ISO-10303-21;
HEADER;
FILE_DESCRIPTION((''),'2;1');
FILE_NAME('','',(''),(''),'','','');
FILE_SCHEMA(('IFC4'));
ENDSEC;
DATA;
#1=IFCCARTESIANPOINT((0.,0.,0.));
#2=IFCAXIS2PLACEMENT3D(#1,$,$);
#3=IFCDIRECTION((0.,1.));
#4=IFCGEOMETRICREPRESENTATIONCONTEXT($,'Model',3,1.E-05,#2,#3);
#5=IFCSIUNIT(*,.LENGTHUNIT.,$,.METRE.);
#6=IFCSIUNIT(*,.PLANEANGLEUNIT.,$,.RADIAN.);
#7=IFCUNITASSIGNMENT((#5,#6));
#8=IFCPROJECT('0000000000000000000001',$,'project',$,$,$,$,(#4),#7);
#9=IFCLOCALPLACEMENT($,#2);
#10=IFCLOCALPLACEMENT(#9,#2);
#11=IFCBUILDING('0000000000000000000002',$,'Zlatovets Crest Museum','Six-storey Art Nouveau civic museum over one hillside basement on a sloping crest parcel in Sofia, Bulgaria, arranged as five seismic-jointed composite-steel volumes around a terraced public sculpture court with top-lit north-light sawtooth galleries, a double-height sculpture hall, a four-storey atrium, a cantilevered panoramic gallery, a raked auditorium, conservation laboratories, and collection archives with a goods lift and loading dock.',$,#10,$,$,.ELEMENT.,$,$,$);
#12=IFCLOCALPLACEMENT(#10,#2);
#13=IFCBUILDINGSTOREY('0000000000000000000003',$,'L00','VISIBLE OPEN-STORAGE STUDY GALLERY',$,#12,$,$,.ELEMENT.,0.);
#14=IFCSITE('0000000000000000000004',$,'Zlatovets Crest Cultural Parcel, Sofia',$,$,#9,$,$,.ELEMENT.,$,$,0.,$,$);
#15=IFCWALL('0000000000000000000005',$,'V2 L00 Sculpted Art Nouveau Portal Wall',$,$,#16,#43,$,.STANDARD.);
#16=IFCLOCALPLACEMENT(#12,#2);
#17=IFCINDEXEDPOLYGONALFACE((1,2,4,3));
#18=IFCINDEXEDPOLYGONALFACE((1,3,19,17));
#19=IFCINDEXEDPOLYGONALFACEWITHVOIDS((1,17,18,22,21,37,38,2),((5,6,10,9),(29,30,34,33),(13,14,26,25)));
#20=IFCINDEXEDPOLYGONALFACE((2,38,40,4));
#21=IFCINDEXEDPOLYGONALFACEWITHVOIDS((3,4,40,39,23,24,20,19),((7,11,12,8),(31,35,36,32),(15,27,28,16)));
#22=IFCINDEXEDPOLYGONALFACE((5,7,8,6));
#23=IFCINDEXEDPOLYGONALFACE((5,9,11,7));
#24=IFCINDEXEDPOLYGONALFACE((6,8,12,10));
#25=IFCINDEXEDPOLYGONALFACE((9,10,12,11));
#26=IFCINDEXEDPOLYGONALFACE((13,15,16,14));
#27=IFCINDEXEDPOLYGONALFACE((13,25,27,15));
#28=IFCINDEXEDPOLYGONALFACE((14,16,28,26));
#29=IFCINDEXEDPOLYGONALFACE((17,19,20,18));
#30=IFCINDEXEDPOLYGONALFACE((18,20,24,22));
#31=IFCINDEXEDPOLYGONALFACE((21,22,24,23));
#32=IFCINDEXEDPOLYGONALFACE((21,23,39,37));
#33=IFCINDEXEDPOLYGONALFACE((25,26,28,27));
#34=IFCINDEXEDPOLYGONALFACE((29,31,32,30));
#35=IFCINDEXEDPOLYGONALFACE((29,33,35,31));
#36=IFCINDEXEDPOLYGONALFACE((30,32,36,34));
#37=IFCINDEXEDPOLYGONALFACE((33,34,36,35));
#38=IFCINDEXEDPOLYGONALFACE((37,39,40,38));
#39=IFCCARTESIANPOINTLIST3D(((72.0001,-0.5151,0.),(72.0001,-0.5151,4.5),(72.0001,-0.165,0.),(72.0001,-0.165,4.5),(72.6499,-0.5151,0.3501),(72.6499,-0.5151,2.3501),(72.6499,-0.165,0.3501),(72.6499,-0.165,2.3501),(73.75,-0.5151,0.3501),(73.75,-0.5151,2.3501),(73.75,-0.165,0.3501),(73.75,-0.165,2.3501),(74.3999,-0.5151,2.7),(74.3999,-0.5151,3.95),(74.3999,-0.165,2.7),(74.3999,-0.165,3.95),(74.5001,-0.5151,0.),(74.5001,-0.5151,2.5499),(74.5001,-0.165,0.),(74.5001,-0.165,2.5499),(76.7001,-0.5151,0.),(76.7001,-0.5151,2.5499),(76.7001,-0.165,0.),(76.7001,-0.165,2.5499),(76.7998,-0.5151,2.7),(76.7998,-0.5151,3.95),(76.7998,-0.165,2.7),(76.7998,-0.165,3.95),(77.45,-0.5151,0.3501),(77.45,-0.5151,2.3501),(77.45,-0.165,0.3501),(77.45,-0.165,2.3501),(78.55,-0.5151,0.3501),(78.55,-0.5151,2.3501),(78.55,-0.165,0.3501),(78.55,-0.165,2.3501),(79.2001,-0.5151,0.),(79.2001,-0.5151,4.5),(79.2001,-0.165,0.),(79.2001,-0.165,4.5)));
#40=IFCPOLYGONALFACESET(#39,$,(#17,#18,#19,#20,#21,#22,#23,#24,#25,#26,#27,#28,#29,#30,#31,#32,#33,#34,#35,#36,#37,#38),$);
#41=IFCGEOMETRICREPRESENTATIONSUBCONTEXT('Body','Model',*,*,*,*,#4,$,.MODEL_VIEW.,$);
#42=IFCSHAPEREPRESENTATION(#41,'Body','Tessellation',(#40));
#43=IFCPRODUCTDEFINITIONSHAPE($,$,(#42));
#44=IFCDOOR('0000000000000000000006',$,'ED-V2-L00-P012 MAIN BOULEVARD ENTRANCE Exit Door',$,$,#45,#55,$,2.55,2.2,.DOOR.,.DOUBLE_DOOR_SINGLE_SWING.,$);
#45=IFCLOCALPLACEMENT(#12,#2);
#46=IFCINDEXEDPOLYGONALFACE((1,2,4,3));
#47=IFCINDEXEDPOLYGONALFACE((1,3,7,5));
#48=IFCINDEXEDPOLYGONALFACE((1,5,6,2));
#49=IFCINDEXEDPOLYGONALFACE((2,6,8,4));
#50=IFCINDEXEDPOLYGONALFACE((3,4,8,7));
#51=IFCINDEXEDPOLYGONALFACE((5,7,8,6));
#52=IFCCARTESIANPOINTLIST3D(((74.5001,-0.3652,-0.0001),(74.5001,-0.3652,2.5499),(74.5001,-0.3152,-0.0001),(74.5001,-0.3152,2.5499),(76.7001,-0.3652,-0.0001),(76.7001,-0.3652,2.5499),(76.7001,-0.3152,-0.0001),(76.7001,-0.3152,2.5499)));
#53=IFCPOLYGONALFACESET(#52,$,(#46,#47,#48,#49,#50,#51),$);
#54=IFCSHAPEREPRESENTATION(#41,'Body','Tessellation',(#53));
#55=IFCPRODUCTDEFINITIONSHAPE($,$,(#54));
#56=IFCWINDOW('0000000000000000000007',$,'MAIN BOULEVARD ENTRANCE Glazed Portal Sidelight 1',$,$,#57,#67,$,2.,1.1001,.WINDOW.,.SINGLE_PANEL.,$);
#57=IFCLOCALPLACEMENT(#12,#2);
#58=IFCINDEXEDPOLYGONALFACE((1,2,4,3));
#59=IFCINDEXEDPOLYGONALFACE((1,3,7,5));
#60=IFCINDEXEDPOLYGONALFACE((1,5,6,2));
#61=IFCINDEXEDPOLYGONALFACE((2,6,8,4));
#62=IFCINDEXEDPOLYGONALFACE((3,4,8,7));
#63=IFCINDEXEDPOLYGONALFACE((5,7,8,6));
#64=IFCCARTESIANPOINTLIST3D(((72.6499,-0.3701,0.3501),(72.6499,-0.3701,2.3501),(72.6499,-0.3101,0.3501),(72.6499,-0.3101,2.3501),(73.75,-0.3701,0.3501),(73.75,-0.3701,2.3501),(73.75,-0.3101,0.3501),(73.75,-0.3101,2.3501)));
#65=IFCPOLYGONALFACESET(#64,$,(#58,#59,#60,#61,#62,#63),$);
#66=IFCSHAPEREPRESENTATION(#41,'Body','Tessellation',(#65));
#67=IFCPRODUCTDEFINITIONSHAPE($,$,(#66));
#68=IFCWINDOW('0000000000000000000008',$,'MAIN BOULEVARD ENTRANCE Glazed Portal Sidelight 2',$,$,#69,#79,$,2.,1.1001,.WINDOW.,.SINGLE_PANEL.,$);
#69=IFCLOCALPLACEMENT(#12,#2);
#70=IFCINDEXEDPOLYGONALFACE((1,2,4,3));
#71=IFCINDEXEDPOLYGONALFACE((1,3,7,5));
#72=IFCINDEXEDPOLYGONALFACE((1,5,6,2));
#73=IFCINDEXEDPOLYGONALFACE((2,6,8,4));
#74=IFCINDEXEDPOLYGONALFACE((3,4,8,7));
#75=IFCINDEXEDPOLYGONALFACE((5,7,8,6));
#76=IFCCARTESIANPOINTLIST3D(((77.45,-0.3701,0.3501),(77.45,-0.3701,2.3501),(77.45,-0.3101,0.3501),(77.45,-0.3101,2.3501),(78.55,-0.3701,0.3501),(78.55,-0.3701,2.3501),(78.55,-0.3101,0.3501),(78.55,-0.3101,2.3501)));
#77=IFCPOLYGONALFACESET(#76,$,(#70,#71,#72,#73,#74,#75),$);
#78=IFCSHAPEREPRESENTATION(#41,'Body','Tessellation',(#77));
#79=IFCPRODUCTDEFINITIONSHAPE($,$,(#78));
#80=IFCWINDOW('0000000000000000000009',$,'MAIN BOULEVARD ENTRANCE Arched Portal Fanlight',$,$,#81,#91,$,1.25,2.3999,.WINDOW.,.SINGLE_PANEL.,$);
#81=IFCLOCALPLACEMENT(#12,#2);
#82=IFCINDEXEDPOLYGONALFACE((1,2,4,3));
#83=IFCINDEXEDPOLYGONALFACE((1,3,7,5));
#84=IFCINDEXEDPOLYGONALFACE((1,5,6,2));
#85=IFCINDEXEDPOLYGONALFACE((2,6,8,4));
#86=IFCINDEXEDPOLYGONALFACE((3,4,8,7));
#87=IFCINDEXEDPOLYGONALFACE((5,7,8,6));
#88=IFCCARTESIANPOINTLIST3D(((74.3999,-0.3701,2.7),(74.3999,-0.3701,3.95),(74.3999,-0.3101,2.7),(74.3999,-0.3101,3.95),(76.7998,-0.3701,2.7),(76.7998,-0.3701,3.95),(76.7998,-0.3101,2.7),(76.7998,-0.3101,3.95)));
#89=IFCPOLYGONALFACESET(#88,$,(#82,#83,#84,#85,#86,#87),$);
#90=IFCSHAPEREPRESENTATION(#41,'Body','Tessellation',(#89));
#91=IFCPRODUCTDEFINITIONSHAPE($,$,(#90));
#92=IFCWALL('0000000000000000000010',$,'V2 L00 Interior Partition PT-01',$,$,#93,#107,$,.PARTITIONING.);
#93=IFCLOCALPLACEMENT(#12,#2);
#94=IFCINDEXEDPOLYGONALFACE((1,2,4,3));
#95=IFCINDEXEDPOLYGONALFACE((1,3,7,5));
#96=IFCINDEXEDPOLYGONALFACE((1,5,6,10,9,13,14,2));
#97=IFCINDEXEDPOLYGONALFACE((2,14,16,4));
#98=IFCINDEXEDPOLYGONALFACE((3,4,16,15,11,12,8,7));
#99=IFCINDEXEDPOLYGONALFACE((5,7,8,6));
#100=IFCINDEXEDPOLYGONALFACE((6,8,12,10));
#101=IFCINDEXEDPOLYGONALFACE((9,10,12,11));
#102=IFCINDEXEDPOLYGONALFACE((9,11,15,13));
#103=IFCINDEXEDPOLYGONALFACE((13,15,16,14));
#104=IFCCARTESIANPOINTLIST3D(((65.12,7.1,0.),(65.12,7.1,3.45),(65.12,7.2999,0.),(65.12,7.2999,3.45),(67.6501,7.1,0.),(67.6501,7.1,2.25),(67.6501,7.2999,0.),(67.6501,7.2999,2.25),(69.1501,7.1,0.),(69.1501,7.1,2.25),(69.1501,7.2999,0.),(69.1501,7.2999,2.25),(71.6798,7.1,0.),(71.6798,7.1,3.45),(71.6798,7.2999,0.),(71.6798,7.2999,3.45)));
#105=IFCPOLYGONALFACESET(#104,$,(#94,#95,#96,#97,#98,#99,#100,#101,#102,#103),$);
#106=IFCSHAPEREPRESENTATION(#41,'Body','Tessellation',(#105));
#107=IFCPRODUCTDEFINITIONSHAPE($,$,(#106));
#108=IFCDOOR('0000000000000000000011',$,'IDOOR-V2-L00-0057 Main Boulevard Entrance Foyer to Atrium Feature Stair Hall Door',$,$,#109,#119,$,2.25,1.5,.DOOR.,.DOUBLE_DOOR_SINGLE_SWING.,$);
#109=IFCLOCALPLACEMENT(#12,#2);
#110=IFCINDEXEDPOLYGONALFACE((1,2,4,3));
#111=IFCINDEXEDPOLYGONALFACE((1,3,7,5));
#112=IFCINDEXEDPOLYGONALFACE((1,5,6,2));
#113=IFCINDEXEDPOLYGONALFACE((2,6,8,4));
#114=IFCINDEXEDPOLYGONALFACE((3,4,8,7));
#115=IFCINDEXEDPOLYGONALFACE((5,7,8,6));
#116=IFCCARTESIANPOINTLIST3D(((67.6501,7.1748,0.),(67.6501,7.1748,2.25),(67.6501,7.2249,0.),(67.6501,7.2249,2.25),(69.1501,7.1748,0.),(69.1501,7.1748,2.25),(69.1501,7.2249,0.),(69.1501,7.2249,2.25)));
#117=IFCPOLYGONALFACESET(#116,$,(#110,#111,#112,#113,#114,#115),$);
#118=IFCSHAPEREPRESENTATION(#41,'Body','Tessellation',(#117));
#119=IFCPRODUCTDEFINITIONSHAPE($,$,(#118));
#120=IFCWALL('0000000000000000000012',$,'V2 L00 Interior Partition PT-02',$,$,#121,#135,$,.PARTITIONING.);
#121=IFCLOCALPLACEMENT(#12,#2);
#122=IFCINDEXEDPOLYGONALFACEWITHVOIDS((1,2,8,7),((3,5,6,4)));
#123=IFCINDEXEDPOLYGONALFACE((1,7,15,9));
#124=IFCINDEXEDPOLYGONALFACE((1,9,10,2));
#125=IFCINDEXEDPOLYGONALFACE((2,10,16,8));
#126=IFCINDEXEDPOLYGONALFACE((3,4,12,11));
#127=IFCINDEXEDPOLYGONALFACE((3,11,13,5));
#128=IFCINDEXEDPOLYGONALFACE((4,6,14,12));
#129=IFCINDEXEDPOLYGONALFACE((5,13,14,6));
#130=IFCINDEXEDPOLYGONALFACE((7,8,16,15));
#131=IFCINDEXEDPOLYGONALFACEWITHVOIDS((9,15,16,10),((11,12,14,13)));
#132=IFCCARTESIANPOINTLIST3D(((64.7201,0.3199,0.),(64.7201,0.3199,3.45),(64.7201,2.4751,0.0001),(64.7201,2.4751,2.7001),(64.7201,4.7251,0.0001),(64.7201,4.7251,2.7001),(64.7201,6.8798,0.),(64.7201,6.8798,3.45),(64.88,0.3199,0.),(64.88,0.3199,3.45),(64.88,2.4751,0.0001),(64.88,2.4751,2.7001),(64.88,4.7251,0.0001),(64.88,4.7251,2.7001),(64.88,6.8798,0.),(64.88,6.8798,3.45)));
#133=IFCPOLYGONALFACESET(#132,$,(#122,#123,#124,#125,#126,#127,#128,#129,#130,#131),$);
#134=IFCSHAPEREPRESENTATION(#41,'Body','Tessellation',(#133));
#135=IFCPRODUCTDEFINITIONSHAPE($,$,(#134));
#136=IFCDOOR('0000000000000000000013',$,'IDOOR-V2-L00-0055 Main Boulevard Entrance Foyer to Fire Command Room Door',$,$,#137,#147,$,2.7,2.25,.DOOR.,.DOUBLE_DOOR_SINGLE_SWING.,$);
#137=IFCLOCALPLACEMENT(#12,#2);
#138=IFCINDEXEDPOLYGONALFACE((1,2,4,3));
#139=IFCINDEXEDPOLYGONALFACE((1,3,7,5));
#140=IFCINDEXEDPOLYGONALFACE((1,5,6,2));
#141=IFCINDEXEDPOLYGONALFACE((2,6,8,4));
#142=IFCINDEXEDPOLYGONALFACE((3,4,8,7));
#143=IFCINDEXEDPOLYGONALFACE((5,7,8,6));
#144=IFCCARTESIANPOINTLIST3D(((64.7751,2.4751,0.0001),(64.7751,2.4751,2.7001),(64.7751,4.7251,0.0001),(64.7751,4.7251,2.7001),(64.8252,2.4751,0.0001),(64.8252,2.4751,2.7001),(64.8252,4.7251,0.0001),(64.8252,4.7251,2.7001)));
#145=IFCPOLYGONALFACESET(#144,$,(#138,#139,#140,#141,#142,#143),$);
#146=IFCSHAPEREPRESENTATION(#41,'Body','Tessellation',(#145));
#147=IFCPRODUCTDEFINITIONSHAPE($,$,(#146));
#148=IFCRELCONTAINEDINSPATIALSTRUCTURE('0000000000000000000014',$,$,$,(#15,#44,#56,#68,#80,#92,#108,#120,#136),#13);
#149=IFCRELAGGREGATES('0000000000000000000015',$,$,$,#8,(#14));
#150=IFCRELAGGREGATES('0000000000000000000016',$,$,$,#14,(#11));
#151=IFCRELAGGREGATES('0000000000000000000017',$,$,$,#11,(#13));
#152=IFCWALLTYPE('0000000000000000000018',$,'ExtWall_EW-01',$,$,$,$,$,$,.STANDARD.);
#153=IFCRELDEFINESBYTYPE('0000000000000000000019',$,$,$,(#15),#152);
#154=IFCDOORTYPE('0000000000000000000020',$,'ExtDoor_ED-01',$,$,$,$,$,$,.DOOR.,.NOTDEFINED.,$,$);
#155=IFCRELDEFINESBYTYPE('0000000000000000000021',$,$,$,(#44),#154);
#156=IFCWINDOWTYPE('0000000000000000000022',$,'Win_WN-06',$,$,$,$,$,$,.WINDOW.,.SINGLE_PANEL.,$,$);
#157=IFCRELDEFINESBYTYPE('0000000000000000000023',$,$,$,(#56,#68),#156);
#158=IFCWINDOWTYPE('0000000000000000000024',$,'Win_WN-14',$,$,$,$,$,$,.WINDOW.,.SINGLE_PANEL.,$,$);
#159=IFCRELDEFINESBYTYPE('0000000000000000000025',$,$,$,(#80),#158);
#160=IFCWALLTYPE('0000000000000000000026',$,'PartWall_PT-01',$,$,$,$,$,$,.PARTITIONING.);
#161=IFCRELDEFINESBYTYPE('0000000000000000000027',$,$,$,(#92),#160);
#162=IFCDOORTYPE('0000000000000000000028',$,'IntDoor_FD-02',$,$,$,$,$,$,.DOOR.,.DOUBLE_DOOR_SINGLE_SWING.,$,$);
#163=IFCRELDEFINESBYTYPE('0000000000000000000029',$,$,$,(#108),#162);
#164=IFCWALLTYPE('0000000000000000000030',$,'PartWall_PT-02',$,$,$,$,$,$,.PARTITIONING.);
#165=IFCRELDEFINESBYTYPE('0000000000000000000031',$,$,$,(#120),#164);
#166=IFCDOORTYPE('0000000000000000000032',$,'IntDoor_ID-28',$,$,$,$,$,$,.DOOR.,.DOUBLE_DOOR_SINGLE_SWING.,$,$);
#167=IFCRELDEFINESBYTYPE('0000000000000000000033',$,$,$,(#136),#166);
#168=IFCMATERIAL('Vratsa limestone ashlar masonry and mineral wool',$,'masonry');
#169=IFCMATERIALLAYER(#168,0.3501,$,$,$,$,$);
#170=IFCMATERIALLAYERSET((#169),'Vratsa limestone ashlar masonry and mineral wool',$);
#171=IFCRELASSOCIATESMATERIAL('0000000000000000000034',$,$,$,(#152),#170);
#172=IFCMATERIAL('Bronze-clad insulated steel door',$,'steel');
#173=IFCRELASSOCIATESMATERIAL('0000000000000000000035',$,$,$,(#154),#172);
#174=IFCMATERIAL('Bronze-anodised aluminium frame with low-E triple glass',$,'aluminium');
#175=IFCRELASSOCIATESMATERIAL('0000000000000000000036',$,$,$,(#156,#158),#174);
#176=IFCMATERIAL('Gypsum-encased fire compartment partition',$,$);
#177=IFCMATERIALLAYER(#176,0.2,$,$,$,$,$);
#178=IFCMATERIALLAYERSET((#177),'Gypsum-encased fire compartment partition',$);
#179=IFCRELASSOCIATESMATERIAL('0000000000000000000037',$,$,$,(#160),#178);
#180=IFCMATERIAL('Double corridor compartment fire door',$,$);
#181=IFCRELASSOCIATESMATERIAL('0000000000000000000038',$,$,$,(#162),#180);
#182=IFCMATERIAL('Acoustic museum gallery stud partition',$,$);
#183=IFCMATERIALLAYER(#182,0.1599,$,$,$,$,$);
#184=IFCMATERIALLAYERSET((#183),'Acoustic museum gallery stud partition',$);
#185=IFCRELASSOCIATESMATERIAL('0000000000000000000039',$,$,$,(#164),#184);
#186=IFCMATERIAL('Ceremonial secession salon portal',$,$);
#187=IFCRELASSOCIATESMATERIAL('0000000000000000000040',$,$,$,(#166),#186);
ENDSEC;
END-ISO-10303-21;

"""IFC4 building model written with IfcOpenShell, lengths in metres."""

from ifc_helpers import new_model, si_unit, direction, frame, frame_2d, origin, place, context, subcontext, project, spatial, rectangle, extrude, material, layer, layer_set, type_object, element, fill, save


model = new_model("IFC4")

# Units and contexts
model_context = context("Model", 3, precision=1e-05, world=origin(), true_north=direction((0.0, 1.0)))
body_context = subcontext(model_context, "Body", "Model", "MODEL_VIEW")
ifc_project = project(units=[si_unit("LENGTHUNIT", "METRE"), si_unit("PLANEANGLEUNIT", "RADIAN")], contexts=[model_context])

# Site, building, storey
site_placement = place(None, origin())
site = spatial("IfcSite", under=ifc_project, at=site_placement, Name="Zlatovets Crest Cultural Parcel, Sofia", CompositionType="ELEMENT", RefElevation=0.0)
building_placement = place(site_placement, origin())
building = spatial("IfcBuilding", under=site, at=building_placement, Name="Zlatovets Crest Museum", Description="Six-storey Art Nouveau civic museum over one hillside basement on a sloping crest parcel in Sofia, Bulgaria, arranged as five seismic-jointed composite-steel volumes around a terraced public sculpture court with top-lit north-light sawtooth galleries, a double-height sculpture hall, a four-storey atrium, a cantilevered panoramic gallery, a raked auditorium, conservation laboratories, and collection archives with a goods lift and loading dock.", CompositionType="ELEMENT")
storey_placement = place(building_placement, origin())
storey = spatial("IfcBuildingStorey", under=building, at=storey_placement, Name="L00", Description="VISIBLE OPEN-STORAGE STUDY GALLERY", CompositionType="ELEMENT", Elevation=0.0)

# Shared definitions
ifc_material_1 = material(Name="Vratsa limestone ashlar masonry and mineral wool", Category="masonry")
ifc_layer_1 = layer(ifc_material_1, 0.3501)
ifc_layer_set_1 = layer_set([ifc_layer_1], Name="Vratsa limestone ashlar masonry and mineral wool")
wall_type_1 = type_object("IfcWallType", Name="ExtWall_EW-01", PredefinedType="STANDARD", material=ifc_layer_set_1)
ifc_material_2 = material(Name="Bronze-anodised aluminium frame with low-E triple glass", Category="aluminium")

# Wall, openings, door, windows
wall_1_placement = place(storey_placement, frame((72.0, -0.3401, 0.0), z_axis=(0.0, 0.0, 1.0), x_axis=(1.0, 0.0, 0.0)))
wall_1 = element("IfcWall", 1, at=wall_1_placement, inside=storey, type_object=wall_type_1, Name="V2 L00 Sculpted Art Nouveau Portal Wall", PredefinedType="STANDARD", context=body_context, shape_type="SweptSolid", body=[
    extrude(rectangle(XDim=7.2, YDim=0.3501, at=frame_2d((3.6001, 0.0))), origin(), (0.0, 0.0, 1.0), 4.5),
])
opening_1_placement = place(wall_1_placement, frame((2.5, 0.0, 0.0)))
opening_1 = element("IfcOpeningElement", 2, at=opening_1_placement, cuts=wall_1, PredefinedType="OPENING", context=body_context, shape_type="SweptSolid", body=[
    extrude(rectangle(XDim=2.2, YDim=2.55, at=frame_2d((1.1001, 1.2749))), frame((0.0, 0.1851, 0.0), z_axis=(0.0, -1.0, 0.0), x_axis=(1.0, 0.0, 0.0)), (0.0, 0.0, 1.0), 0.3701),
])
opening_2_placement = place(wall_1_placement, frame((2.3999, 0.0, 2.7)))
opening_2 = element("IfcOpeningElement", 3, at=opening_2_placement, cuts=wall_1, PredefinedType="OPENING", context=body_context, shape_type="SweptSolid", body=[
    extrude(rectangle(XDim=2.3999, YDim=1.25, at=frame_2d((1.2, 0.625))), frame((0.0, 0.1851, 0.0), z_axis=(0.0, -1.0, 0.0), x_axis=(1.0, 0.0, 0.0)), (0.0, 0.0, 1.0), 0.3701),
])
opening_3_placement = place(wall_1_placement, frame((0.6499, 0.0, 0.3501)))
opening_3 = element("IfcOpeningElement", 4, at=opening_3_placement, cuts=wall_1, PredefinedType="OPENING", context=body_context, shape_type="SweptSolid", body=[
    extrude(rectangle(XDim=1.1001, YDim=2.0, at=frame_2d((0.55, 1.0))), frame((0.0, 0.1851, 0.0), z_axis=(0.0, -1.0, 0.0), x_axis=(1.0, 0.0, 0.0)), (0.0, 0.0, 1.0), 0.3701),
])
opening_4_placement = place(wall_1_placement, frame((5.45, 0.0, 0.3501)))
opening_4 = element("IfcOpeningElement", 5, at=opening_4_placement, cuts=wall_1, PredefinedType="OPENING", context=body_context, shape_type="SweptSolid", body=[
    extrude(rectangle(XDim=1.1001, YDim=2.0, at=frame_2d((0.55, 1.0))), frame((0.0, 0.1851, 0.0), z_axis=(0.0, -1.0, 0.0), x_axis=(1.0, 0.0, 0.0)), (0.0, 0.0, 1.0), 0.3701),
])
ifc_material_3 = material(Name="Bronze-clad insulated steel door", Category="steel")
door_type_1 = type_object("IfcDoorType", Name="ExtDoor_ED-01", OperationType="NOTDEFINED", PredefinedType="DOOR", material=ifc_material_3)
door_1_placement = place(opening_1_placement, origin())
door_1 = element("IfcDoor", 6, at=door_1_placement, inside=storey, type_object=door_type_1, Name="ED-V2-L00-P012 MAIN BOULEVARD ENTRANCE Exit Door", OperationType="DOUBLE_DOOR_SINGLE_SWING", OverallHeight=2.55, OverallWidth=2.2, PredefinedType="DOOR", context=body_context, shape_type="SweptSolid", body=[
    extrude(rectangle(XDim=2.2, YDim=2.55, at=frame_2d((1.1001, 1.2749))), frame((0.0, 0.0249, 0.0), z_axis=(0.0, -1.0, 0.0), x_axis=(1.0, 0.0, 0.0)), (0.0, 0.0, 1.0), 0.05),
])
fill(opening_1, door_1)
window_type_1 = type_object("IfcWindowType", Name="Win_WN-06", PartitioningType="SINGLE_PANEL", PredefinedType="WINDOW", material=ifc_material_2)
window_1_placement = place(opening_3_placement, origin())
window_1 = element("IfcWindow", 7, at=window_1_placement, inside=storey, type_object=window_type_1, Name="MAIN BOULEVARD ENTRANCE Glazed Portal Sidelight 1", OverallHeight=2.0, OverallWidth=1.1001, PartitioningType="SINGLE_PANEL", PredefinedType="WINDOW", context=body_context, shape_type="SweptSolid", body=[
    extrude(rectangle(XDim=1.1001, YDim=2.0, at=frame_2d((0.55, 1.0))), frame((0.0, 0.03, 0.0), z_axis=(0.0, -1.0, 0.0), x_axis=(1.0, 0.0, 0.0)), (0.0, 0.0, 1.0), 0.0601),
])
fill(opening_3, window_1)
window_2_placement = place(opening_4_placement, origin())
window_2 = element("IfcWindow", 8, at=window_2_placement, inside=storey, type_object=window_type_1, Name="MAIN BOULEVARD ENTRANCE Glazed Portal Sidelight 2", OverallHeight=2.0, OverallWidth=1.1001, PartitioningType="SINGLE_PANEL", PredefinedType="WINDOW", context=body_context, shape_type="SweptSolid", body=[
    extrude(rectangle(XDim=1.1001, YDim=2.0, at=frame_2d((0.55, 1.0))), frame((0.0, 0.03, 0.0), z_axis=(0.0, -1.0, 0.0), x_axis=(1.0, 0.0, 0.0)), (0.0, 0.0, 1.0), 0.0601),
])
fill(opening_4, window_2)
window_type_2 = type_object("IfcWindowType", Name="Win_WN-14", PartitioningType="SINGLE_PANEL", PredefinedType="WINDOW", material=ifc_material_2)
window_3_placement = place(opening_2_placement, origin())
window_3 = element("IfcWindow", 9, at=window_3_placement, inside=storey, type_object=window_type_2, Name="MAIN BOULEVARD ENTRANCE Arched Portal Fanlight", OverallHeight=1.25, OverallWidth=2.3999, PartitioningType="SINGLE_PANEL", PredefinedType="WINDOW", context=body_context, shape_type="SweptSolid", body=[
    extrude(rectangle(XDim=2.3999, YDim=1.25, at=frame_2d((1.2, 0.625))), frame((0.0, 0.03, 0.0), z_axis=(0.0, -1.0, 0.0), x_axis=(1.0, 0.0, 0.0)), (0.0, 0.0, 1.0), 0.0601),
])
fill(opening_2, window_3)

# Walls, openings, doors
ifc_material_4 = material(Name="Gypsum-encased fire compartment partition")
ifc_layer_2 = layer(ifc_material_4, 0.2)
ifc_layer_set_2 = layer_set([ifc_layer_2], Name="Gypsum-encased fire compartment partition")
wall_type_2 = type_object("IfcWallType", Name="PartWall_PT-01", PredefinedType="PARTITIONING", material=ifc_layer_set_2)
wall_2_placement = place(storey_placement, frame((65.1201, 7.2, 0.0), z_axis=(0.0, 0.0, 1.0), x_axis=(1.0, 0.0, 0.0)))
wall_2 = element("IfcWall", 10, at=wall_2_placement, inside=storey, type_object=wall_type_2, Name="V2 L00 Interior Partition PT-01", PredefinedType="PARTITIONING", context=body_context, shape_type="SweptSolid", body=[
    extrude(rectangle(XDim=6.5598, YDim=0.2, at=frame_2d((3.2798, 0.0))), origin(), (0.0, 0.0, 1.0), 3.45),
])
opening_5_placement = place(wall_2_placement, frame((2.53, 0.0, 0.0)))
opening_5 = element("IfcOpeningElement", 11, at=opening_5_placement, cuts=wall_2, PredefinedType="OPENING", context=body_context, shape_type="SweptSolid", body=[
    extrude(rectangle(XDim=1.5, YDim=2.25, at=frame_2d((0.75, 1.125))), frame((0.0, 0.1099, 0.0), z_axis=(0.0, -1.0, 0.0), x_axis=(1.0, 0.0, 0.0)), (0.0, 0.0, 1.0), 0.22),
])
ifc_material_5 = material(Name="Double corridor compartment fire door")
door_type_2 = type_object("IfcDoorType", Name="IntDoor_FD-02", OperationType="DOUBLE_DOOR_SINGLE_SWING", PredefinedType="DOOR", material=ifc_material_5)
door_2_placement = place(opening_5_placement, origin())
door_2 = element("IfcDoor", 12, at=door_2_placement, inside=storey, type_object=door_type_2, Name="IDOOR-V2-L00-0057 Main Boulevard Entrance Foyer to Atrium Feature Stair Hall Door", OperationType="DOUBLE_DOOR_SINGLE_SWING", OverallHeight=2.25, OverallWidth=1.5, PredefinedType="DOOR", context=body_context, shape_type="SweptSolid", body=[
    extrude(rectangle(XDim=1.5, YDim=2.25, at=frame_2d((0.75, 1.125))), frame((0.0, 0.0249, 0.0), z_axis=(0.0, -1.0, 0.0), x_axis=(1.0, 0.0, 0.0)), (0.0, 0.0, 1.0), 0.05),
])
fill(opening_5, door_2)
ifc_material_6 = material(Name="Acoustic museum gallery stud partition")
ifc_layer_3 = layer(ifc_material_6, 0.1599)
ifc_layer_set_3 = layer_set([ifc_layer_3], Name="Acoustic museum gallery stud partition")
wall_type_3 = type_object("IfcWallType", Name="PartWall_PT-02", PredefinedType="PARTITIONING", material=ifc_layer_set_3)
wall_3_placement = place(storey_placement, frame((64.8, 0.3201, 0.0), z_axis=(0.0, 0.0, 1.0), x_axis=(0.0, 1.0, 0.0)))
wall_3 = element("IfcWall", 13, at=wall_3_placement, inside=storey, type_object=wall_type_3, Name="V2 L00 Interior Partition PT-02", PredefinedType="PARTITIONING", context=body_context, shape_type="SweptSolid", body=[
    extrude(rectangle(XDim=6.5598, YDim=0.1599, at=frame_2d((3.2798, 0.0))), origin(), (0.0, 0.0, 1.0), 3.45),
])
opening_6_placement = place(wall_3_placement, frame((2.155, 0.0, 0.0)))
opening_6 = element("IfcOpeningElement", 14, at=opening_6_placement, cuts=wall_3, PredefinedType="OPENING", context=body_context, shape_type="SweptSolid", body=[
    extrude(rectangle(XDim=2.25, YDim=2.7, at=frame_2d((1.125, 1.3501))), frame((0.0, 0.0898, 0.0), z_axis=(0.0, -1.0, 0.0), x_axis=(1.0, 0.0, 0.0)), (0.0, 0.0, 1.0), 0.1799),
])
ifc_material_7 = material(Name="Ceremonial secession salon portal")
door_type_3 = type_object("IfcDoorType", Name="IntDoor_ID-28", OperationType="DOUBLE_DOOR_SINGLE_SWING", PredefinedType="DOOR", material=ifc_material_7)
door_3_placement = place(opening_6_placement, origin())
door_3 = element("IfcDoor", 15, at=door_3_placement, inside=storey, type_object=door_type_3, Name="IDOOR-V2-L00-0055 Main Boulevard Entrance Foyer to Fire Command Room Door", OperationType="DOUBLE_DOOR_SINGLE_SWING", OverallHeight=2.7, OverallWidth=2.25, PredefinedType="DOOR", context=body_context, shape_type="SweptSolid", body=[
    extrude(rectangle(XDim=2.25, YDim=2.7, at=frame_2d((1.125, 1.3501))), frame((0.0, 0.0249, 0.0), z_axis=(0.0, -1.0, 0.0), x_axis=(1.0, 0.0, 0.0)), (0.0, 0.0, 1.0), 0.05),
])
fill(opening_6, door_3)

save(model, "model.ifc")
